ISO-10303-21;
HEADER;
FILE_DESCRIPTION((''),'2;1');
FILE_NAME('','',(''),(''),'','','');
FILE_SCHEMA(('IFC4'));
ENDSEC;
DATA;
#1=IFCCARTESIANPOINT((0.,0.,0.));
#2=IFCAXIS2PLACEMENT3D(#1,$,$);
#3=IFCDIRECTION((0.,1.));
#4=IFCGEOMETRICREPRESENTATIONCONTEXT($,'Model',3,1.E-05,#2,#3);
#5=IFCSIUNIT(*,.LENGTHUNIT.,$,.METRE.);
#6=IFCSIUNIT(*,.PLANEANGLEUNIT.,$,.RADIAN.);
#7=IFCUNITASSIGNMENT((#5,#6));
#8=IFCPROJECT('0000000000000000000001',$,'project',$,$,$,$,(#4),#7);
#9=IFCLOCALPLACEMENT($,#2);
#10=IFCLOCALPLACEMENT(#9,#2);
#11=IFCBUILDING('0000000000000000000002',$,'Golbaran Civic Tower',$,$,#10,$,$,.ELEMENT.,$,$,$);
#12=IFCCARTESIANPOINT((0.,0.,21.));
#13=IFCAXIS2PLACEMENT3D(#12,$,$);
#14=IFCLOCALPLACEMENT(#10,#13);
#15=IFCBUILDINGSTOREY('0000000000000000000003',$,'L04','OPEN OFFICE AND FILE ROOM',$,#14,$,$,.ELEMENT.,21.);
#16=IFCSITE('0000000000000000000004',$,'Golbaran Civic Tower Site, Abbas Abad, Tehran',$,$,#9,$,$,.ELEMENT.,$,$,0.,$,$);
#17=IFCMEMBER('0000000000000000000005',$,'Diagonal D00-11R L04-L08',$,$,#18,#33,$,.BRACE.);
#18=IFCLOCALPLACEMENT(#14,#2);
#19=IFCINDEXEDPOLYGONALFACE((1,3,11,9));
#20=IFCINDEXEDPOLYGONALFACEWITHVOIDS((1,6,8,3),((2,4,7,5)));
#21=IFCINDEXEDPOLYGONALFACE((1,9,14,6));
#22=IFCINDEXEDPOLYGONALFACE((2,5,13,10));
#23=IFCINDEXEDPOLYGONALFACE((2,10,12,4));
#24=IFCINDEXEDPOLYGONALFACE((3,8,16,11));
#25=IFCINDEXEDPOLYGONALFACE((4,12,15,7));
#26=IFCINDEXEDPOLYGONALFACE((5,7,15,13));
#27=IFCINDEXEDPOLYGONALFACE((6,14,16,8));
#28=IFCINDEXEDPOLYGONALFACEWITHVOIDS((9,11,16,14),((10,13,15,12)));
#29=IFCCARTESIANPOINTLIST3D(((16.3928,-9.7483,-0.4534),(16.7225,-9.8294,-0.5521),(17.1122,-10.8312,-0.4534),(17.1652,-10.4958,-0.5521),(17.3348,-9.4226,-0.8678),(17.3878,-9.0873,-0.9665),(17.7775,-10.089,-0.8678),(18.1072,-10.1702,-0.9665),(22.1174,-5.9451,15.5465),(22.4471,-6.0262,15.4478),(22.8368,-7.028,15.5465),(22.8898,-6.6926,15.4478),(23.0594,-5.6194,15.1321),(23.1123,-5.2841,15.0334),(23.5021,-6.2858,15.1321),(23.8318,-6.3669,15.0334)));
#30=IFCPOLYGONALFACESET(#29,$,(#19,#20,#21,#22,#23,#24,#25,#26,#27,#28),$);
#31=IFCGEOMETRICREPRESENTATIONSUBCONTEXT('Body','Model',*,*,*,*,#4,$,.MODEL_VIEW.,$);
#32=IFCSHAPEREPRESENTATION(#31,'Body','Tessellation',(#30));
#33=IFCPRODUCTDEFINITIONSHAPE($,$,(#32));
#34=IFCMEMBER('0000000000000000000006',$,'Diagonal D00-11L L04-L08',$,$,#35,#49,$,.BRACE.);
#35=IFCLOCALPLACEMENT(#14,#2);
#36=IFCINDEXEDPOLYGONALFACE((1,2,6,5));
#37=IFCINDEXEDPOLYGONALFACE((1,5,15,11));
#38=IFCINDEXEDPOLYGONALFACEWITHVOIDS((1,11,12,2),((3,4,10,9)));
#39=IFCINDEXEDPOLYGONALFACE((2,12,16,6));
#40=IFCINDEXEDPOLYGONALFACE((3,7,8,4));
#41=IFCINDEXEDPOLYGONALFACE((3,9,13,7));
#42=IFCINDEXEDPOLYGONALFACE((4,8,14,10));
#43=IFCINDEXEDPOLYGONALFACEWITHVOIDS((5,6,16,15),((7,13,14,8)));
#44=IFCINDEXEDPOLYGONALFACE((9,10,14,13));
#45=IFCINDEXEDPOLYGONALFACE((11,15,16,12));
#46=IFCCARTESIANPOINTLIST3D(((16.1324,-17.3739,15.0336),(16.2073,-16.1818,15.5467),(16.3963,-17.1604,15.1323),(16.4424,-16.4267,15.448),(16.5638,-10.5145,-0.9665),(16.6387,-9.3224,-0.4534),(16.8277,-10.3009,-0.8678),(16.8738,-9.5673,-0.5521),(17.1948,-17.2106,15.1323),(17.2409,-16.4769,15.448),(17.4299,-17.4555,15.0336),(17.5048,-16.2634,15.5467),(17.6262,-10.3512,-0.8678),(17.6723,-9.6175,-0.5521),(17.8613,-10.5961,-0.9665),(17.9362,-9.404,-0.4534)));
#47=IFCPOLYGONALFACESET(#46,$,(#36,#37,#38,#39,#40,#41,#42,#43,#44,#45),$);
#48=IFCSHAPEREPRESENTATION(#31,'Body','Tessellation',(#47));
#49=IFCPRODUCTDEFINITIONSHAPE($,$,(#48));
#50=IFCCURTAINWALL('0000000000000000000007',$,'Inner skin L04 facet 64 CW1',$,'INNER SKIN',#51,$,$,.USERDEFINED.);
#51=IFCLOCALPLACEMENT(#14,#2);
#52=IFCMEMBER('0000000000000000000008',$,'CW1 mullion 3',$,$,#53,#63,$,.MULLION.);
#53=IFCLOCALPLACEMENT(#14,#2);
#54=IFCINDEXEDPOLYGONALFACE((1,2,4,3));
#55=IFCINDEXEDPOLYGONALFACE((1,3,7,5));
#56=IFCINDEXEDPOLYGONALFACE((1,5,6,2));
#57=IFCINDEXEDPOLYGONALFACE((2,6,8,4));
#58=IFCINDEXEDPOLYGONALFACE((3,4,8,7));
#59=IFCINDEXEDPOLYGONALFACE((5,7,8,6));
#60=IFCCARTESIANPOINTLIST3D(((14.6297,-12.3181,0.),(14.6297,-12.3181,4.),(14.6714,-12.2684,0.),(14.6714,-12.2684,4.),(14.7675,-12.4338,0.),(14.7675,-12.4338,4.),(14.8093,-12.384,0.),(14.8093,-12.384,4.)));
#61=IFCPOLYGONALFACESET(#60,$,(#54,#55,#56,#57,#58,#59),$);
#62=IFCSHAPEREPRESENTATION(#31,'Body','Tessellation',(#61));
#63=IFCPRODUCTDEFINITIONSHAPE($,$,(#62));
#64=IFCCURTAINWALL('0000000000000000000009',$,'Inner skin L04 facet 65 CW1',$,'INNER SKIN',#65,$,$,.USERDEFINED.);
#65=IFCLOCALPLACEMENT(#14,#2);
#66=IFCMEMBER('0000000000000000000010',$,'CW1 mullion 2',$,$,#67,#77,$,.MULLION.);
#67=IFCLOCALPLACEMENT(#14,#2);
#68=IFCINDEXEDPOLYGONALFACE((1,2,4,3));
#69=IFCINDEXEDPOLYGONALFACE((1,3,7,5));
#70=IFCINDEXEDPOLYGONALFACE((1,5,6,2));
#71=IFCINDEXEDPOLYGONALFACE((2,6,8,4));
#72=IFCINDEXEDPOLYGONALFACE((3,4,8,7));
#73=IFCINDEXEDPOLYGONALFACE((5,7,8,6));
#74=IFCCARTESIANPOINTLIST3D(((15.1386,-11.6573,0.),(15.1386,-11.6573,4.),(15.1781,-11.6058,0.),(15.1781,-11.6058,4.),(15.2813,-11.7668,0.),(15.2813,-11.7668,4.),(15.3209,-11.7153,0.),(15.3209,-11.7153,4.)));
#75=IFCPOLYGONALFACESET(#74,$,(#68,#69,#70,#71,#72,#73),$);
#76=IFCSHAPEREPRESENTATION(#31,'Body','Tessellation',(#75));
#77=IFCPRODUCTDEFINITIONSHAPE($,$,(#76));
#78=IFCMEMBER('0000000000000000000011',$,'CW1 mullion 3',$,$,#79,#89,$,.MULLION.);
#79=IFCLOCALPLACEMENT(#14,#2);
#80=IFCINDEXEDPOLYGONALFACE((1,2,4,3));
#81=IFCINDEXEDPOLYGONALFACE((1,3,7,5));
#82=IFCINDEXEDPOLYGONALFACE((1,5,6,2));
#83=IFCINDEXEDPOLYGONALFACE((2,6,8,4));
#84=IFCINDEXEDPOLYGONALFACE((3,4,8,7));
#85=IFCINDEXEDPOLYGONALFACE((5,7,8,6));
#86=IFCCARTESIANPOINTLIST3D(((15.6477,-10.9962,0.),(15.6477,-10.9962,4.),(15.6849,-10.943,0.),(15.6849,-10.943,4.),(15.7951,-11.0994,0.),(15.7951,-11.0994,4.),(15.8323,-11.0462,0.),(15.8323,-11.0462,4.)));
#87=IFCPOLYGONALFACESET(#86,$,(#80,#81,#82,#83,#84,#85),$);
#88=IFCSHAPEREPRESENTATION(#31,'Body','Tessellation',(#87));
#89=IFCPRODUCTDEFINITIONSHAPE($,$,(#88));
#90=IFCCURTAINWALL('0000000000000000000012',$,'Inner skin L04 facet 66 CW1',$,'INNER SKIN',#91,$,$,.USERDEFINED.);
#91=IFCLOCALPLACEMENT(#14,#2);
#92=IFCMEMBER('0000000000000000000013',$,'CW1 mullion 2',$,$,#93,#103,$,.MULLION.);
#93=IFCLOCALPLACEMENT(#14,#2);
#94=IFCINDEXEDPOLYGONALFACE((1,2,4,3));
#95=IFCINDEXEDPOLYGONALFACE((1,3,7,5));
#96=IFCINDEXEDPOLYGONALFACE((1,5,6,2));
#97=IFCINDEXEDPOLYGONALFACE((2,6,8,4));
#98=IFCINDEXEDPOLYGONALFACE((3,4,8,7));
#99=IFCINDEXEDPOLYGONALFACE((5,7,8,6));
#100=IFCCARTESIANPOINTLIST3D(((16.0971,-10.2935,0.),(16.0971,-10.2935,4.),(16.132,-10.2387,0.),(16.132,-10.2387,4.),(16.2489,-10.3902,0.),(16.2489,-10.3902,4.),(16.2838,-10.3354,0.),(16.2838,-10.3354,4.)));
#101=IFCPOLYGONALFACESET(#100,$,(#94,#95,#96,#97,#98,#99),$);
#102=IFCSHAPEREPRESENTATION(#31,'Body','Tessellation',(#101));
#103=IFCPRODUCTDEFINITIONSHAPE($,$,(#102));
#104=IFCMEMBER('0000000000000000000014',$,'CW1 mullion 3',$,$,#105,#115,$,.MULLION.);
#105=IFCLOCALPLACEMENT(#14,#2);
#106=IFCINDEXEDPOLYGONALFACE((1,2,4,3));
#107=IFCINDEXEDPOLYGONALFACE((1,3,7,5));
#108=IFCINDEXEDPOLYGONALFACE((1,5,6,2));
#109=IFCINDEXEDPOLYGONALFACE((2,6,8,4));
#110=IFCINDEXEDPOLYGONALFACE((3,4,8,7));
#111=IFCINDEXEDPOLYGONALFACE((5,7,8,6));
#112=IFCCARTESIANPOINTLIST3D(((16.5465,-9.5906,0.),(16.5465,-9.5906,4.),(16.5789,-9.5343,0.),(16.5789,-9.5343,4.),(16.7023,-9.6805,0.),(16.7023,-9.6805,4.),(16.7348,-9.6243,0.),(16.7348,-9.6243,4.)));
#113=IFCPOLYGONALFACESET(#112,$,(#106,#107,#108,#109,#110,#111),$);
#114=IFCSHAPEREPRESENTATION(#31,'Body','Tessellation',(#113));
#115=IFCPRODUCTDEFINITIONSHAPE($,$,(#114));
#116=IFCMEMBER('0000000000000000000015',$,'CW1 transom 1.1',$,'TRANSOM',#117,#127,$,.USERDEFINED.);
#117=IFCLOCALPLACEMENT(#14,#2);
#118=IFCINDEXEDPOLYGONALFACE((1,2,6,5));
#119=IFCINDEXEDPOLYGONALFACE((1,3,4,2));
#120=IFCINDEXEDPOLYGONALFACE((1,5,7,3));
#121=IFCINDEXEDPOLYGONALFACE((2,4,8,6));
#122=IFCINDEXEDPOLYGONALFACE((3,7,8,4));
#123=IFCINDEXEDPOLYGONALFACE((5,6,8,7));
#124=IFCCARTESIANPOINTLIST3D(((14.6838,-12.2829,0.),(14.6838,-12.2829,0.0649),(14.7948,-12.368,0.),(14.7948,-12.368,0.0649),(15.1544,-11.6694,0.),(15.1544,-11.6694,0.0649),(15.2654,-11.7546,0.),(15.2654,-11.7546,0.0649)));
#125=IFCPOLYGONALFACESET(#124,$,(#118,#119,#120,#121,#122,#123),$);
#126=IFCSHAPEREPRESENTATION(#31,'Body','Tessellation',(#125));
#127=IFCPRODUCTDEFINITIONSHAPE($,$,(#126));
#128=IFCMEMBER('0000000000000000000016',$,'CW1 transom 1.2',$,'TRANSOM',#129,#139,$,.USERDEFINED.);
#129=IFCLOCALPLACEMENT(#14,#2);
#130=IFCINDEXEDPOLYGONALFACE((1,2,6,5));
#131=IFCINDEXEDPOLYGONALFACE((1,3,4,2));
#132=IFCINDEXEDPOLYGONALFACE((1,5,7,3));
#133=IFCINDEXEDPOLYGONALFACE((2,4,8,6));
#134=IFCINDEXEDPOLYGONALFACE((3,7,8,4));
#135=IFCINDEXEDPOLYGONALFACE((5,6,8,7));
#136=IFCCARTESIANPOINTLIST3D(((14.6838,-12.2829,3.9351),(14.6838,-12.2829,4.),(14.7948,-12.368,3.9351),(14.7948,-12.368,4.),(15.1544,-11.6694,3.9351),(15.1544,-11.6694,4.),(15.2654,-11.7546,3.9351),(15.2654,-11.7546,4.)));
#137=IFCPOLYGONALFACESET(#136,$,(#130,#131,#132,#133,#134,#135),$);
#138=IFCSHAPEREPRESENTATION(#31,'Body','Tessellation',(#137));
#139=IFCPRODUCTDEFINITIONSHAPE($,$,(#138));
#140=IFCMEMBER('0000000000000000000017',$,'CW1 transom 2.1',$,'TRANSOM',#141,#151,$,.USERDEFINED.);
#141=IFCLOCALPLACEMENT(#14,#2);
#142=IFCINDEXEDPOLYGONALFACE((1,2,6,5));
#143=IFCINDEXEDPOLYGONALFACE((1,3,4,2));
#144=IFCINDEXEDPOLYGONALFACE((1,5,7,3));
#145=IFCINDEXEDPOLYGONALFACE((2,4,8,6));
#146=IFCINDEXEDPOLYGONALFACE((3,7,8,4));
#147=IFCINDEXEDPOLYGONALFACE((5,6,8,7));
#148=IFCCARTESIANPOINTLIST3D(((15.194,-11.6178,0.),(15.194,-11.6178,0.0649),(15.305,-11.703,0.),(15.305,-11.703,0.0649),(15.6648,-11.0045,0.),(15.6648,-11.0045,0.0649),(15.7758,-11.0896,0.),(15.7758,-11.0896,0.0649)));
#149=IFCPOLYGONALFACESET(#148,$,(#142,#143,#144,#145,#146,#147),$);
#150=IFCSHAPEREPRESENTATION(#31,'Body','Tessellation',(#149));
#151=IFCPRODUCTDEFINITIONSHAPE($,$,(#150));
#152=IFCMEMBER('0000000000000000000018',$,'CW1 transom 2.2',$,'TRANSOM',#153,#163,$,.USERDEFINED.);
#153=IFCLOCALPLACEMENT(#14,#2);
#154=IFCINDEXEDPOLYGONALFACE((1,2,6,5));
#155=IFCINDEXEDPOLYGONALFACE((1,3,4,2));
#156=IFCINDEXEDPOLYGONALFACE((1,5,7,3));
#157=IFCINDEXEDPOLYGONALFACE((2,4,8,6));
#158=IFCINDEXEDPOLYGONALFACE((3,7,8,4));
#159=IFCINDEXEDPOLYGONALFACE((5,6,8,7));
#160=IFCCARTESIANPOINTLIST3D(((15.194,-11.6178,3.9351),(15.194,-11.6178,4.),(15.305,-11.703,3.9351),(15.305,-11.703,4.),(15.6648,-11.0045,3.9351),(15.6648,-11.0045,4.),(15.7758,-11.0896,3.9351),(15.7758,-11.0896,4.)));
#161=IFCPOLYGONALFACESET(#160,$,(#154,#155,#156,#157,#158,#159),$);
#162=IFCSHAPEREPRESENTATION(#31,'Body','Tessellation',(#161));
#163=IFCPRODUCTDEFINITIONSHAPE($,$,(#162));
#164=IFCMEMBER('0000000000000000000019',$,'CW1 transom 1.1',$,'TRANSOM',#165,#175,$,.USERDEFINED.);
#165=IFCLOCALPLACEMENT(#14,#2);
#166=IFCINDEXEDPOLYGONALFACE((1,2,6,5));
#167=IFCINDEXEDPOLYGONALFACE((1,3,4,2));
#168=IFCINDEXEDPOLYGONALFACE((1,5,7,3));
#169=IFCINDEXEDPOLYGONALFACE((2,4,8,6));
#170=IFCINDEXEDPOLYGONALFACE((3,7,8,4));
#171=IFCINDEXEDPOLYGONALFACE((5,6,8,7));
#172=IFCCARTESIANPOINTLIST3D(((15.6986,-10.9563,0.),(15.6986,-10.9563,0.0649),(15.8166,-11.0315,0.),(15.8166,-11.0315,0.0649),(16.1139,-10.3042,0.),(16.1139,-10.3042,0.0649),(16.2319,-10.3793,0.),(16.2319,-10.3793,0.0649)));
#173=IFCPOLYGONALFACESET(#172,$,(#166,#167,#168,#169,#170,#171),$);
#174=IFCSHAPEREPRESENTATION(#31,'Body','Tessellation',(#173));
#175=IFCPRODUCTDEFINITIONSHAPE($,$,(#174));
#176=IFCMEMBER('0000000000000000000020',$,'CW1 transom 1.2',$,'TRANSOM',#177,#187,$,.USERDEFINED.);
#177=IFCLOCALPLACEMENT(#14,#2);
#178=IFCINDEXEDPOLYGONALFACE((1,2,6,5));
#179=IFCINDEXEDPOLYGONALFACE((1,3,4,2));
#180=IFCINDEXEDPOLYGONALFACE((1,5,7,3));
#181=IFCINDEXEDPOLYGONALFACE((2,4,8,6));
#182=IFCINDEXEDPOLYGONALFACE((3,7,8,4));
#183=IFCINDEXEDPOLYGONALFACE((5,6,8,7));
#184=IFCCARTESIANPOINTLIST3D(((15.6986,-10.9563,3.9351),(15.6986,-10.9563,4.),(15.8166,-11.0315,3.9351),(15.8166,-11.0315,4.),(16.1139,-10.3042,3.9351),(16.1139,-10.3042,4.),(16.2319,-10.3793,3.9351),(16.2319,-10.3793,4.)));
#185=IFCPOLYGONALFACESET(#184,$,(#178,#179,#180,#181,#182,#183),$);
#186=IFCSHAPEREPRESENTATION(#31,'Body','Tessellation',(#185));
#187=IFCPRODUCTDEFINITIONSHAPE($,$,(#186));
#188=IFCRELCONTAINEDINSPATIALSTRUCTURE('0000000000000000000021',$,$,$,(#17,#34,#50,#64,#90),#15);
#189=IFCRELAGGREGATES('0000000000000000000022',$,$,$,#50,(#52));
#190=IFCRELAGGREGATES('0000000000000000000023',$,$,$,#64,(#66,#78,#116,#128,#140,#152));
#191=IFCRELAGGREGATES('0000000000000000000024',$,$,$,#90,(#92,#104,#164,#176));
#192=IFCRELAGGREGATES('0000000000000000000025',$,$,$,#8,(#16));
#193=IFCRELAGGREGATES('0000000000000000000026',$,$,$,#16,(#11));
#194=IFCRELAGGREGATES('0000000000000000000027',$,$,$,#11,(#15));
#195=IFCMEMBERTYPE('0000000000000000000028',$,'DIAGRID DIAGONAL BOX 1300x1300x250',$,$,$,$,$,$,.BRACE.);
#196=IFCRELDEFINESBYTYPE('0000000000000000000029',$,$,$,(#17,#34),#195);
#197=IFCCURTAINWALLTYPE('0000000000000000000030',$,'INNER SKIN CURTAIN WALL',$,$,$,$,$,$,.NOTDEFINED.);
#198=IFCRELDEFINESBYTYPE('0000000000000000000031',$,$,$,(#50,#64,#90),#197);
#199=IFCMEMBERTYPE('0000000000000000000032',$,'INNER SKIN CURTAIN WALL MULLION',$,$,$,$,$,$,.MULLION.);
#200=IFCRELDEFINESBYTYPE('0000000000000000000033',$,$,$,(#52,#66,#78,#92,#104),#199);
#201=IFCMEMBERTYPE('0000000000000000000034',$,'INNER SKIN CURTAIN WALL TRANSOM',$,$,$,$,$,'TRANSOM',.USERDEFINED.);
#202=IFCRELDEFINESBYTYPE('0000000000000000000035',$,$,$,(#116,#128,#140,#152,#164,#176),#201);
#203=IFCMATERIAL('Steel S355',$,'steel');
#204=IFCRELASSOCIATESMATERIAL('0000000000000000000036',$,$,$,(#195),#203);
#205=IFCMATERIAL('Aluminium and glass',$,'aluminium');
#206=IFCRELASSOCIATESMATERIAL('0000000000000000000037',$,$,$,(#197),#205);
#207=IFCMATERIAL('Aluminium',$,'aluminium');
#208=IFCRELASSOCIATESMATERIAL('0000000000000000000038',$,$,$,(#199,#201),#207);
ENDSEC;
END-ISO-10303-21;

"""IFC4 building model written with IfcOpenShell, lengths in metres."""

from ifc_helpers import new_model, si_unit, direction, frame, origin, origin_2d, place, context, subcontext, project, spatial, rectangle, hollow_rectangle, extrude, material, material_profile, profile_set, type_object, element, aggregate, save


model = new_model("IFC4")

# Units and contexts
model_context = context("Model", 3, precision=1e-05, world=origin(), true_north=direction((0.0, 1.0)))
body_context = subcontext(model_context, "Body", "Model", "MODEL_VIEW")
ifc_project = project(units=[si_unit("LENGTHUNIT", "METRE"), si_unit("PLANEANGLEUNIT", "RADIAN")], contexts=[model_context])

# Site, building, storey
site_placement = place(None, origin())
site = spatial("IfcSite", under=ifc_project, at=site_placement, Name="Golbaran Civic Tower Site, Abbas Abad, Tehran", CompositionType="ELEMENT", RefElevation=0.0)
building_placement = place(site_placement, origin())
building = spatial("IfcBuilding", under=site, at=building_placement, Name="Golbaran Civic Tower", CompositionType="ELEMENT")
storey_placement = place(building_placement, frame((0.0, 0.0, 21.0)))
storey = spatial("IfcBuildingStorey", under=building, at=storey_placement, Name="L04", Description="OPEN OFFICE AND FILE ROOM", CompositionType="ELEMENT", Elevation=21.0)

# Members
ifc_material_1 = material(Name="Steel S355", Category="steel")
ifc_material_profile_1 = material_profile(ifc_material_1, hollow_rectangle(XDim=1.3, YDim=1.3, WallThickness=0.25, at=origin_2d()), Name="BOX 1300x1300x250")
ifc_profile_set_1 = profile_set([ifc_material_profile_1], Name="Steel S355")
member_type_1 = type_object("IfcMemberType", Name="DIAGRID DIAGONAL BOX 1300x1300x250", PredefinedType="BRACE", material=ifc_profile_set_1)
member_1_placement = place(storey_placement, frame((17.25, -9.9592, -0.71), z_axis=(0.328742, 0.218405, 0.918819), x_axis=(-0.553371, 0.832935, 0.0)))
element("IfcMember", 1, at=member_1_placement, inside=storey, type_object=member_type_1, Name="Diagonal D00-11R L04-L08", PredefinedType="BRACE", context=body_context, shape_type="SweptSolid", body=[
    extrude(hollow_rectangle(XDim=1.3, YDim=1.3, WallThickness=0.25, at=origin_2d()), origin(), (0.0, 0.0, 1.0), 17.4136),
])
member_2_placement = place(storey_placement, frame((17.25, -9.9592, -0.71), z_axis=(-0.024773, -0.393907, 0.918817), x_axis=(0.998028, -0.062768, 0.0)))
element("IfcMember", 2, at=member_2_placement, inside=storey, type_object=member_type_1, Name="Diagonal D00-11L L04-L08", PredefinedType="BRACE", context=body_context, shape_type="SweptSolid", body=[
    extrude(hollow_rectangle(XDim=1.3, YDim=1.3, WallThickness=0.25, at=origin_2d()), origin(), (0.0, 0.0, 1.0), 17.4138),
])

# Curtain wall, member
ifc_material_2 = material(Name="Aluminium and glass", Category="aluminium")
curtain_wall_type_1 = type_object("IfcCurtainWallType", Name="INNER SKIN CURTAIN WALL", PredefinedType="NOTDEFINED", material=ifc_material_2)
curtain_wall_1_placement = place(storey_placement, origin())
curtain_wall_1 = element("IfcCurtainWall", 3, at=curtain_wall_1_placement, inside=storey, type_object=curtain_wall_type_1, Name="Inner skin L04 facet 64 CW1", ObjectType="INNER SKIN", PredefinedType="USERDEFINED")
ifc_material_3 = material(Name="Aluminium", Category="aluminium")
ifc_material_profile_2 = material_profile(ifc_material_3, rectangle(XDim=0.1799, YDim=0.0649, at=origin_2d()), Name="INNER SKIN CURTAIN WALL MULLION")
ifc_profile_set_2 = profile_set([ifc_material_profile_2], Name="Aluminium")
member_type_2 = type_object("IfcMemberType", Name="INNER SKIN CURTAIN WALL MULLION", PredefinedType="MULLION", material=ifc_profile_set_2)
member_3_placement = place(storey_placement, frame((14.7195, -12.3511, 0.0), z_axis=(0.0, 0.0, 1.0), x_axis=(-0.766044, 0.642788, 0.0)))
member_3 = element("IfcMember", 4, at=member_3_placement, type_object=member_type_2, Name="CW1 mullion 3", PredefinedType="MULLION", context=body_context, shape_type="SweptSolid", body=[
    extrude(rectangle(XDim=0.1799, YDim=0.0649, at=origin_2d()), origin(), (0.0, 0.0, 1.0), 4.0),
])

# Curtain walls, members
curtain_wall_2_placement = place(storey_placement, origin())
curtain_wall_2 = element("IfcCurtainWall", 5, at=curtain_wall_2_placement, inside=storey, type_object=curtain_wall_type_1, Name="Inner skin L04 facet 65 CW1", ObjectType="INNER SKIN", PredefinedType="USERDEFINED")
member_4_placement = place(storey_placement, frame((15.2297, -11.6863, 0.0), z_axis=(0.0, 0.0, 1.0), x_axis=(-0.793353, 0.608761, 0.0)))
member_4 = element("IfcMember", 6, at=member_4_placement, type_object=member_type_2, Name="CW1 mullion 2", PredefinedType="MULLION", context=body_context, shape_type="SweptSolid", body=[
    extrude(rectangle(XDim=0.1799, YDim=0.0649, at=origin_2d()), origin(), (0.0, 0.0, 1.0), 4.0),
])
member_5_placement = place(storey_placement, frame((15.74, -11.0212, 0.0), z_axis=(0.0, 0.0, 1.0), x_axis=(-0.819152, 0.573576, 0.0)))
member_5 = element("IfcMember", 7, at=member_5_placement, type_object=member_type_2, Name="CW1 mullion 3", PredefinedType="MULLION", context=body_context, shape_type="SweptSolid", body=[
    extrude(rectangle(XDim=0.1799, YDim=0.0649, at=origin_2d()), origin(), (0.0, 0.0, 1.0), 4.0),
])
curtain_wall_3_placement = place(storey_placement, origin())
curtain_wall_3 = element("IfcCurtainWall", 8, at=curtain_wall_3_placement, inside=storey, type_object=curtain_wall_type_1, Name="Inner skin L04 facet 66 CW1", ObjectType="INNER SKIN", PredefinedType="USERDEFINED")
member_6_placement = place(storey_placement, frame((16.1904, -10.3145, 0.0), z_axis=(0.0, 0.0, 1.0), x_axis=(-0.843391, 0.5373, 0.0)))
member_6 = element("IfcMember", 9, at=member_6_placement, type_object=member_type_2, Name="CW1 mullion 2", PredefinedType="MULLION", context=body_context, shape_type="SweptSolid", body=[
    extrude(rectangle(XDim=0.1799, YDim=0.0649, at=origin_2d()), origin(), (0.0, 0.0, 1.0), 4.0),
])
member_7_placement = place(storey_placement, frame((16.6406, -9.6074, 0.0), z_axis=(0.0, 0.0, 1.0), x_axis=(-0.866025, 0.5, 0.0)))
member_7 = element("IfcMember", 10, at=member_7_placement, type_object=member_type_2, Name="CW1 mullion 3", PredefinedType="MULLION", context=body_context, shape_type="SweptSolid", body=[
    extrude(rectangle(XDim=0.1799, YDim=0.0649, at=origin_2d()), origin(), (0.0, 0.0, 1.0), 4.0),
])

# Members
ifc_material_profile_3 = material_profile(ifc_material_3, rectangle(XDim=0.1399, YDim=0.0649, at=origin_2d()), Name="INNER SKIN CURTAIN WALL TRANSOM")
ifc_profile_set_3 = profile_set([ifc_material_profile_3], Name="Aluminium")
member_type_3 = type_object("IfcMemberType", Name="INNER SKIN CURTAIN WALL TRANSOM", ElementType="TRANSOM", PredefinedType="USERDEFINED", material=ifc_profile_set_3)
member_8_placement = place(storey_placement, frame((14.7393, -12.3254, 0.0325), z_axis=(0.608703, 0.793398, 0.0), x_axis=(-0.793398, 0.608703, 0.0)))
member_8 = element("IfcMember", 11, at=member_8_placement, type_object=member_type_3, Name="CW1 transom 1.1", ObjectType="TRANSOM", PredefinedType="USERDEFINED", context=body_context, shape_type="SweptSolid", body=[
    extrude(rectangle(XDim=0.1399, YDim=0.0649, at=origin_2d()), origin(), (0.0, 0.0, 1.0), 0.7732),
])
member_9_placement = place(storey_placement, frame((14.7393, -12.3254, 3.9675), z_axis=(0.608703, 0.793398, 0.0), x_axis=(-0.793398, 0.608703, 0.0)))
member_9 = element("IfcMember", 12, at=member_9_placement, type_object=member_type_3, Name="CW1 transom 1.2", ObjectType="TRANSOM", PredefinedType="USERDEFINED", context=body_context, shape_type="SweptSolid", body=[
    extrude(rectangle(XDim=0.1399, YDim=0.0649, at=origin_2d()), origin(), (0.0, 0.0, 1.0), 0.7732),
])
member_10_placement = place(storey_placement, frame((15.2495, -11.6604, 0.0325), z_axis=(0.608856, 0.793281, 0.0), x_axis=(-0.793281, 0.608856, 0.0)))
member_10 = element("IfcMember", 13, at=member_10_placement, type_object=member_type_3, Name="CW1 transom 2.1", ObjectType="TRANSOM", PredefinedType="USERDEFINED", context=body_context, shape_type="SweptSolid", body=[
    extrude(rectangle(XDim=0.1399, YDim=0.0649, at=origin_2d()), origin(), (0.0, 0.0, 1.0), 0.7732),
])
member_11_placement = place(storey_placement, frame((15.2495, -11.6604, 3.9675), z_axis=(0.608856, 0.793281, 0.0), x_axis=(-0.793281, 0.608856, 0.0)))
member_11 = element("IfcMember", 14, at=member_11_placement, type_object=member_type_3, Name="CW1 transom 2.2", ObjectType="TRANSOM", PredefinedType="USERDEFINED", context=body_context, shape_type="SweptSolid", body=[
    extrude(rectangle(XDim=0.1399, YDim=0.0649, at=origin_2d()), origin(), (0.0, 0.0, 1.0), 0.7732),
])
member_12_placement = place(storey_placement, frame((15.7576, -10.9939, 0.0325), z_axis=(0.537162, 0.843479, 0.0), x_axis=(-0.843479, 0.537162, 0.0)))
member_12 = element("IfcMember", 15, at=member_12_placement, type_object=member_type_3, Name="CW1 transom 1.1", ObjectType="TRANSOM", PredefinedType="USERDEFINED", context=body_context, shape_type="SweptSolid", body=[
    extrude(rectangle(XDim=0.1399, YDim=0.0649, at=origin_2d()), origin(), (0.0, 0.0, 1.0), 0.7732),
])
member_13_placement = place(storey_placement, frame((15.7576, -10.9939, 3.9675), z_axis=(0.537162, 0.843479, 0.0), x_axis=(-0.843479, 0.537162, 0.0)))
member_13 = element("IfcMember", 16, at=member_13_placement, type_object=member_type_3, Name="CW1 transom 1.2", ObjectType="TRANSOM", PredefinedType="USERDEFINED", context=body_context, shape_type="SweptSolid", body=[
    extrude(rectangle(XDim=0.1399, YDim=0.0649, at=origin_2d()), origin(), (0.0, 0.0, 1.0), 0.7732),
])

aggregate(curtain_wall_1, [member_3])
aggregate(curtain_wall_2, [member_4, member_5, member_8, member_9, member_10, member_11])
aggregate(curtain_wall_3, [member_6, member_7, member_12, member_13])

save(model, "model.ifc")
